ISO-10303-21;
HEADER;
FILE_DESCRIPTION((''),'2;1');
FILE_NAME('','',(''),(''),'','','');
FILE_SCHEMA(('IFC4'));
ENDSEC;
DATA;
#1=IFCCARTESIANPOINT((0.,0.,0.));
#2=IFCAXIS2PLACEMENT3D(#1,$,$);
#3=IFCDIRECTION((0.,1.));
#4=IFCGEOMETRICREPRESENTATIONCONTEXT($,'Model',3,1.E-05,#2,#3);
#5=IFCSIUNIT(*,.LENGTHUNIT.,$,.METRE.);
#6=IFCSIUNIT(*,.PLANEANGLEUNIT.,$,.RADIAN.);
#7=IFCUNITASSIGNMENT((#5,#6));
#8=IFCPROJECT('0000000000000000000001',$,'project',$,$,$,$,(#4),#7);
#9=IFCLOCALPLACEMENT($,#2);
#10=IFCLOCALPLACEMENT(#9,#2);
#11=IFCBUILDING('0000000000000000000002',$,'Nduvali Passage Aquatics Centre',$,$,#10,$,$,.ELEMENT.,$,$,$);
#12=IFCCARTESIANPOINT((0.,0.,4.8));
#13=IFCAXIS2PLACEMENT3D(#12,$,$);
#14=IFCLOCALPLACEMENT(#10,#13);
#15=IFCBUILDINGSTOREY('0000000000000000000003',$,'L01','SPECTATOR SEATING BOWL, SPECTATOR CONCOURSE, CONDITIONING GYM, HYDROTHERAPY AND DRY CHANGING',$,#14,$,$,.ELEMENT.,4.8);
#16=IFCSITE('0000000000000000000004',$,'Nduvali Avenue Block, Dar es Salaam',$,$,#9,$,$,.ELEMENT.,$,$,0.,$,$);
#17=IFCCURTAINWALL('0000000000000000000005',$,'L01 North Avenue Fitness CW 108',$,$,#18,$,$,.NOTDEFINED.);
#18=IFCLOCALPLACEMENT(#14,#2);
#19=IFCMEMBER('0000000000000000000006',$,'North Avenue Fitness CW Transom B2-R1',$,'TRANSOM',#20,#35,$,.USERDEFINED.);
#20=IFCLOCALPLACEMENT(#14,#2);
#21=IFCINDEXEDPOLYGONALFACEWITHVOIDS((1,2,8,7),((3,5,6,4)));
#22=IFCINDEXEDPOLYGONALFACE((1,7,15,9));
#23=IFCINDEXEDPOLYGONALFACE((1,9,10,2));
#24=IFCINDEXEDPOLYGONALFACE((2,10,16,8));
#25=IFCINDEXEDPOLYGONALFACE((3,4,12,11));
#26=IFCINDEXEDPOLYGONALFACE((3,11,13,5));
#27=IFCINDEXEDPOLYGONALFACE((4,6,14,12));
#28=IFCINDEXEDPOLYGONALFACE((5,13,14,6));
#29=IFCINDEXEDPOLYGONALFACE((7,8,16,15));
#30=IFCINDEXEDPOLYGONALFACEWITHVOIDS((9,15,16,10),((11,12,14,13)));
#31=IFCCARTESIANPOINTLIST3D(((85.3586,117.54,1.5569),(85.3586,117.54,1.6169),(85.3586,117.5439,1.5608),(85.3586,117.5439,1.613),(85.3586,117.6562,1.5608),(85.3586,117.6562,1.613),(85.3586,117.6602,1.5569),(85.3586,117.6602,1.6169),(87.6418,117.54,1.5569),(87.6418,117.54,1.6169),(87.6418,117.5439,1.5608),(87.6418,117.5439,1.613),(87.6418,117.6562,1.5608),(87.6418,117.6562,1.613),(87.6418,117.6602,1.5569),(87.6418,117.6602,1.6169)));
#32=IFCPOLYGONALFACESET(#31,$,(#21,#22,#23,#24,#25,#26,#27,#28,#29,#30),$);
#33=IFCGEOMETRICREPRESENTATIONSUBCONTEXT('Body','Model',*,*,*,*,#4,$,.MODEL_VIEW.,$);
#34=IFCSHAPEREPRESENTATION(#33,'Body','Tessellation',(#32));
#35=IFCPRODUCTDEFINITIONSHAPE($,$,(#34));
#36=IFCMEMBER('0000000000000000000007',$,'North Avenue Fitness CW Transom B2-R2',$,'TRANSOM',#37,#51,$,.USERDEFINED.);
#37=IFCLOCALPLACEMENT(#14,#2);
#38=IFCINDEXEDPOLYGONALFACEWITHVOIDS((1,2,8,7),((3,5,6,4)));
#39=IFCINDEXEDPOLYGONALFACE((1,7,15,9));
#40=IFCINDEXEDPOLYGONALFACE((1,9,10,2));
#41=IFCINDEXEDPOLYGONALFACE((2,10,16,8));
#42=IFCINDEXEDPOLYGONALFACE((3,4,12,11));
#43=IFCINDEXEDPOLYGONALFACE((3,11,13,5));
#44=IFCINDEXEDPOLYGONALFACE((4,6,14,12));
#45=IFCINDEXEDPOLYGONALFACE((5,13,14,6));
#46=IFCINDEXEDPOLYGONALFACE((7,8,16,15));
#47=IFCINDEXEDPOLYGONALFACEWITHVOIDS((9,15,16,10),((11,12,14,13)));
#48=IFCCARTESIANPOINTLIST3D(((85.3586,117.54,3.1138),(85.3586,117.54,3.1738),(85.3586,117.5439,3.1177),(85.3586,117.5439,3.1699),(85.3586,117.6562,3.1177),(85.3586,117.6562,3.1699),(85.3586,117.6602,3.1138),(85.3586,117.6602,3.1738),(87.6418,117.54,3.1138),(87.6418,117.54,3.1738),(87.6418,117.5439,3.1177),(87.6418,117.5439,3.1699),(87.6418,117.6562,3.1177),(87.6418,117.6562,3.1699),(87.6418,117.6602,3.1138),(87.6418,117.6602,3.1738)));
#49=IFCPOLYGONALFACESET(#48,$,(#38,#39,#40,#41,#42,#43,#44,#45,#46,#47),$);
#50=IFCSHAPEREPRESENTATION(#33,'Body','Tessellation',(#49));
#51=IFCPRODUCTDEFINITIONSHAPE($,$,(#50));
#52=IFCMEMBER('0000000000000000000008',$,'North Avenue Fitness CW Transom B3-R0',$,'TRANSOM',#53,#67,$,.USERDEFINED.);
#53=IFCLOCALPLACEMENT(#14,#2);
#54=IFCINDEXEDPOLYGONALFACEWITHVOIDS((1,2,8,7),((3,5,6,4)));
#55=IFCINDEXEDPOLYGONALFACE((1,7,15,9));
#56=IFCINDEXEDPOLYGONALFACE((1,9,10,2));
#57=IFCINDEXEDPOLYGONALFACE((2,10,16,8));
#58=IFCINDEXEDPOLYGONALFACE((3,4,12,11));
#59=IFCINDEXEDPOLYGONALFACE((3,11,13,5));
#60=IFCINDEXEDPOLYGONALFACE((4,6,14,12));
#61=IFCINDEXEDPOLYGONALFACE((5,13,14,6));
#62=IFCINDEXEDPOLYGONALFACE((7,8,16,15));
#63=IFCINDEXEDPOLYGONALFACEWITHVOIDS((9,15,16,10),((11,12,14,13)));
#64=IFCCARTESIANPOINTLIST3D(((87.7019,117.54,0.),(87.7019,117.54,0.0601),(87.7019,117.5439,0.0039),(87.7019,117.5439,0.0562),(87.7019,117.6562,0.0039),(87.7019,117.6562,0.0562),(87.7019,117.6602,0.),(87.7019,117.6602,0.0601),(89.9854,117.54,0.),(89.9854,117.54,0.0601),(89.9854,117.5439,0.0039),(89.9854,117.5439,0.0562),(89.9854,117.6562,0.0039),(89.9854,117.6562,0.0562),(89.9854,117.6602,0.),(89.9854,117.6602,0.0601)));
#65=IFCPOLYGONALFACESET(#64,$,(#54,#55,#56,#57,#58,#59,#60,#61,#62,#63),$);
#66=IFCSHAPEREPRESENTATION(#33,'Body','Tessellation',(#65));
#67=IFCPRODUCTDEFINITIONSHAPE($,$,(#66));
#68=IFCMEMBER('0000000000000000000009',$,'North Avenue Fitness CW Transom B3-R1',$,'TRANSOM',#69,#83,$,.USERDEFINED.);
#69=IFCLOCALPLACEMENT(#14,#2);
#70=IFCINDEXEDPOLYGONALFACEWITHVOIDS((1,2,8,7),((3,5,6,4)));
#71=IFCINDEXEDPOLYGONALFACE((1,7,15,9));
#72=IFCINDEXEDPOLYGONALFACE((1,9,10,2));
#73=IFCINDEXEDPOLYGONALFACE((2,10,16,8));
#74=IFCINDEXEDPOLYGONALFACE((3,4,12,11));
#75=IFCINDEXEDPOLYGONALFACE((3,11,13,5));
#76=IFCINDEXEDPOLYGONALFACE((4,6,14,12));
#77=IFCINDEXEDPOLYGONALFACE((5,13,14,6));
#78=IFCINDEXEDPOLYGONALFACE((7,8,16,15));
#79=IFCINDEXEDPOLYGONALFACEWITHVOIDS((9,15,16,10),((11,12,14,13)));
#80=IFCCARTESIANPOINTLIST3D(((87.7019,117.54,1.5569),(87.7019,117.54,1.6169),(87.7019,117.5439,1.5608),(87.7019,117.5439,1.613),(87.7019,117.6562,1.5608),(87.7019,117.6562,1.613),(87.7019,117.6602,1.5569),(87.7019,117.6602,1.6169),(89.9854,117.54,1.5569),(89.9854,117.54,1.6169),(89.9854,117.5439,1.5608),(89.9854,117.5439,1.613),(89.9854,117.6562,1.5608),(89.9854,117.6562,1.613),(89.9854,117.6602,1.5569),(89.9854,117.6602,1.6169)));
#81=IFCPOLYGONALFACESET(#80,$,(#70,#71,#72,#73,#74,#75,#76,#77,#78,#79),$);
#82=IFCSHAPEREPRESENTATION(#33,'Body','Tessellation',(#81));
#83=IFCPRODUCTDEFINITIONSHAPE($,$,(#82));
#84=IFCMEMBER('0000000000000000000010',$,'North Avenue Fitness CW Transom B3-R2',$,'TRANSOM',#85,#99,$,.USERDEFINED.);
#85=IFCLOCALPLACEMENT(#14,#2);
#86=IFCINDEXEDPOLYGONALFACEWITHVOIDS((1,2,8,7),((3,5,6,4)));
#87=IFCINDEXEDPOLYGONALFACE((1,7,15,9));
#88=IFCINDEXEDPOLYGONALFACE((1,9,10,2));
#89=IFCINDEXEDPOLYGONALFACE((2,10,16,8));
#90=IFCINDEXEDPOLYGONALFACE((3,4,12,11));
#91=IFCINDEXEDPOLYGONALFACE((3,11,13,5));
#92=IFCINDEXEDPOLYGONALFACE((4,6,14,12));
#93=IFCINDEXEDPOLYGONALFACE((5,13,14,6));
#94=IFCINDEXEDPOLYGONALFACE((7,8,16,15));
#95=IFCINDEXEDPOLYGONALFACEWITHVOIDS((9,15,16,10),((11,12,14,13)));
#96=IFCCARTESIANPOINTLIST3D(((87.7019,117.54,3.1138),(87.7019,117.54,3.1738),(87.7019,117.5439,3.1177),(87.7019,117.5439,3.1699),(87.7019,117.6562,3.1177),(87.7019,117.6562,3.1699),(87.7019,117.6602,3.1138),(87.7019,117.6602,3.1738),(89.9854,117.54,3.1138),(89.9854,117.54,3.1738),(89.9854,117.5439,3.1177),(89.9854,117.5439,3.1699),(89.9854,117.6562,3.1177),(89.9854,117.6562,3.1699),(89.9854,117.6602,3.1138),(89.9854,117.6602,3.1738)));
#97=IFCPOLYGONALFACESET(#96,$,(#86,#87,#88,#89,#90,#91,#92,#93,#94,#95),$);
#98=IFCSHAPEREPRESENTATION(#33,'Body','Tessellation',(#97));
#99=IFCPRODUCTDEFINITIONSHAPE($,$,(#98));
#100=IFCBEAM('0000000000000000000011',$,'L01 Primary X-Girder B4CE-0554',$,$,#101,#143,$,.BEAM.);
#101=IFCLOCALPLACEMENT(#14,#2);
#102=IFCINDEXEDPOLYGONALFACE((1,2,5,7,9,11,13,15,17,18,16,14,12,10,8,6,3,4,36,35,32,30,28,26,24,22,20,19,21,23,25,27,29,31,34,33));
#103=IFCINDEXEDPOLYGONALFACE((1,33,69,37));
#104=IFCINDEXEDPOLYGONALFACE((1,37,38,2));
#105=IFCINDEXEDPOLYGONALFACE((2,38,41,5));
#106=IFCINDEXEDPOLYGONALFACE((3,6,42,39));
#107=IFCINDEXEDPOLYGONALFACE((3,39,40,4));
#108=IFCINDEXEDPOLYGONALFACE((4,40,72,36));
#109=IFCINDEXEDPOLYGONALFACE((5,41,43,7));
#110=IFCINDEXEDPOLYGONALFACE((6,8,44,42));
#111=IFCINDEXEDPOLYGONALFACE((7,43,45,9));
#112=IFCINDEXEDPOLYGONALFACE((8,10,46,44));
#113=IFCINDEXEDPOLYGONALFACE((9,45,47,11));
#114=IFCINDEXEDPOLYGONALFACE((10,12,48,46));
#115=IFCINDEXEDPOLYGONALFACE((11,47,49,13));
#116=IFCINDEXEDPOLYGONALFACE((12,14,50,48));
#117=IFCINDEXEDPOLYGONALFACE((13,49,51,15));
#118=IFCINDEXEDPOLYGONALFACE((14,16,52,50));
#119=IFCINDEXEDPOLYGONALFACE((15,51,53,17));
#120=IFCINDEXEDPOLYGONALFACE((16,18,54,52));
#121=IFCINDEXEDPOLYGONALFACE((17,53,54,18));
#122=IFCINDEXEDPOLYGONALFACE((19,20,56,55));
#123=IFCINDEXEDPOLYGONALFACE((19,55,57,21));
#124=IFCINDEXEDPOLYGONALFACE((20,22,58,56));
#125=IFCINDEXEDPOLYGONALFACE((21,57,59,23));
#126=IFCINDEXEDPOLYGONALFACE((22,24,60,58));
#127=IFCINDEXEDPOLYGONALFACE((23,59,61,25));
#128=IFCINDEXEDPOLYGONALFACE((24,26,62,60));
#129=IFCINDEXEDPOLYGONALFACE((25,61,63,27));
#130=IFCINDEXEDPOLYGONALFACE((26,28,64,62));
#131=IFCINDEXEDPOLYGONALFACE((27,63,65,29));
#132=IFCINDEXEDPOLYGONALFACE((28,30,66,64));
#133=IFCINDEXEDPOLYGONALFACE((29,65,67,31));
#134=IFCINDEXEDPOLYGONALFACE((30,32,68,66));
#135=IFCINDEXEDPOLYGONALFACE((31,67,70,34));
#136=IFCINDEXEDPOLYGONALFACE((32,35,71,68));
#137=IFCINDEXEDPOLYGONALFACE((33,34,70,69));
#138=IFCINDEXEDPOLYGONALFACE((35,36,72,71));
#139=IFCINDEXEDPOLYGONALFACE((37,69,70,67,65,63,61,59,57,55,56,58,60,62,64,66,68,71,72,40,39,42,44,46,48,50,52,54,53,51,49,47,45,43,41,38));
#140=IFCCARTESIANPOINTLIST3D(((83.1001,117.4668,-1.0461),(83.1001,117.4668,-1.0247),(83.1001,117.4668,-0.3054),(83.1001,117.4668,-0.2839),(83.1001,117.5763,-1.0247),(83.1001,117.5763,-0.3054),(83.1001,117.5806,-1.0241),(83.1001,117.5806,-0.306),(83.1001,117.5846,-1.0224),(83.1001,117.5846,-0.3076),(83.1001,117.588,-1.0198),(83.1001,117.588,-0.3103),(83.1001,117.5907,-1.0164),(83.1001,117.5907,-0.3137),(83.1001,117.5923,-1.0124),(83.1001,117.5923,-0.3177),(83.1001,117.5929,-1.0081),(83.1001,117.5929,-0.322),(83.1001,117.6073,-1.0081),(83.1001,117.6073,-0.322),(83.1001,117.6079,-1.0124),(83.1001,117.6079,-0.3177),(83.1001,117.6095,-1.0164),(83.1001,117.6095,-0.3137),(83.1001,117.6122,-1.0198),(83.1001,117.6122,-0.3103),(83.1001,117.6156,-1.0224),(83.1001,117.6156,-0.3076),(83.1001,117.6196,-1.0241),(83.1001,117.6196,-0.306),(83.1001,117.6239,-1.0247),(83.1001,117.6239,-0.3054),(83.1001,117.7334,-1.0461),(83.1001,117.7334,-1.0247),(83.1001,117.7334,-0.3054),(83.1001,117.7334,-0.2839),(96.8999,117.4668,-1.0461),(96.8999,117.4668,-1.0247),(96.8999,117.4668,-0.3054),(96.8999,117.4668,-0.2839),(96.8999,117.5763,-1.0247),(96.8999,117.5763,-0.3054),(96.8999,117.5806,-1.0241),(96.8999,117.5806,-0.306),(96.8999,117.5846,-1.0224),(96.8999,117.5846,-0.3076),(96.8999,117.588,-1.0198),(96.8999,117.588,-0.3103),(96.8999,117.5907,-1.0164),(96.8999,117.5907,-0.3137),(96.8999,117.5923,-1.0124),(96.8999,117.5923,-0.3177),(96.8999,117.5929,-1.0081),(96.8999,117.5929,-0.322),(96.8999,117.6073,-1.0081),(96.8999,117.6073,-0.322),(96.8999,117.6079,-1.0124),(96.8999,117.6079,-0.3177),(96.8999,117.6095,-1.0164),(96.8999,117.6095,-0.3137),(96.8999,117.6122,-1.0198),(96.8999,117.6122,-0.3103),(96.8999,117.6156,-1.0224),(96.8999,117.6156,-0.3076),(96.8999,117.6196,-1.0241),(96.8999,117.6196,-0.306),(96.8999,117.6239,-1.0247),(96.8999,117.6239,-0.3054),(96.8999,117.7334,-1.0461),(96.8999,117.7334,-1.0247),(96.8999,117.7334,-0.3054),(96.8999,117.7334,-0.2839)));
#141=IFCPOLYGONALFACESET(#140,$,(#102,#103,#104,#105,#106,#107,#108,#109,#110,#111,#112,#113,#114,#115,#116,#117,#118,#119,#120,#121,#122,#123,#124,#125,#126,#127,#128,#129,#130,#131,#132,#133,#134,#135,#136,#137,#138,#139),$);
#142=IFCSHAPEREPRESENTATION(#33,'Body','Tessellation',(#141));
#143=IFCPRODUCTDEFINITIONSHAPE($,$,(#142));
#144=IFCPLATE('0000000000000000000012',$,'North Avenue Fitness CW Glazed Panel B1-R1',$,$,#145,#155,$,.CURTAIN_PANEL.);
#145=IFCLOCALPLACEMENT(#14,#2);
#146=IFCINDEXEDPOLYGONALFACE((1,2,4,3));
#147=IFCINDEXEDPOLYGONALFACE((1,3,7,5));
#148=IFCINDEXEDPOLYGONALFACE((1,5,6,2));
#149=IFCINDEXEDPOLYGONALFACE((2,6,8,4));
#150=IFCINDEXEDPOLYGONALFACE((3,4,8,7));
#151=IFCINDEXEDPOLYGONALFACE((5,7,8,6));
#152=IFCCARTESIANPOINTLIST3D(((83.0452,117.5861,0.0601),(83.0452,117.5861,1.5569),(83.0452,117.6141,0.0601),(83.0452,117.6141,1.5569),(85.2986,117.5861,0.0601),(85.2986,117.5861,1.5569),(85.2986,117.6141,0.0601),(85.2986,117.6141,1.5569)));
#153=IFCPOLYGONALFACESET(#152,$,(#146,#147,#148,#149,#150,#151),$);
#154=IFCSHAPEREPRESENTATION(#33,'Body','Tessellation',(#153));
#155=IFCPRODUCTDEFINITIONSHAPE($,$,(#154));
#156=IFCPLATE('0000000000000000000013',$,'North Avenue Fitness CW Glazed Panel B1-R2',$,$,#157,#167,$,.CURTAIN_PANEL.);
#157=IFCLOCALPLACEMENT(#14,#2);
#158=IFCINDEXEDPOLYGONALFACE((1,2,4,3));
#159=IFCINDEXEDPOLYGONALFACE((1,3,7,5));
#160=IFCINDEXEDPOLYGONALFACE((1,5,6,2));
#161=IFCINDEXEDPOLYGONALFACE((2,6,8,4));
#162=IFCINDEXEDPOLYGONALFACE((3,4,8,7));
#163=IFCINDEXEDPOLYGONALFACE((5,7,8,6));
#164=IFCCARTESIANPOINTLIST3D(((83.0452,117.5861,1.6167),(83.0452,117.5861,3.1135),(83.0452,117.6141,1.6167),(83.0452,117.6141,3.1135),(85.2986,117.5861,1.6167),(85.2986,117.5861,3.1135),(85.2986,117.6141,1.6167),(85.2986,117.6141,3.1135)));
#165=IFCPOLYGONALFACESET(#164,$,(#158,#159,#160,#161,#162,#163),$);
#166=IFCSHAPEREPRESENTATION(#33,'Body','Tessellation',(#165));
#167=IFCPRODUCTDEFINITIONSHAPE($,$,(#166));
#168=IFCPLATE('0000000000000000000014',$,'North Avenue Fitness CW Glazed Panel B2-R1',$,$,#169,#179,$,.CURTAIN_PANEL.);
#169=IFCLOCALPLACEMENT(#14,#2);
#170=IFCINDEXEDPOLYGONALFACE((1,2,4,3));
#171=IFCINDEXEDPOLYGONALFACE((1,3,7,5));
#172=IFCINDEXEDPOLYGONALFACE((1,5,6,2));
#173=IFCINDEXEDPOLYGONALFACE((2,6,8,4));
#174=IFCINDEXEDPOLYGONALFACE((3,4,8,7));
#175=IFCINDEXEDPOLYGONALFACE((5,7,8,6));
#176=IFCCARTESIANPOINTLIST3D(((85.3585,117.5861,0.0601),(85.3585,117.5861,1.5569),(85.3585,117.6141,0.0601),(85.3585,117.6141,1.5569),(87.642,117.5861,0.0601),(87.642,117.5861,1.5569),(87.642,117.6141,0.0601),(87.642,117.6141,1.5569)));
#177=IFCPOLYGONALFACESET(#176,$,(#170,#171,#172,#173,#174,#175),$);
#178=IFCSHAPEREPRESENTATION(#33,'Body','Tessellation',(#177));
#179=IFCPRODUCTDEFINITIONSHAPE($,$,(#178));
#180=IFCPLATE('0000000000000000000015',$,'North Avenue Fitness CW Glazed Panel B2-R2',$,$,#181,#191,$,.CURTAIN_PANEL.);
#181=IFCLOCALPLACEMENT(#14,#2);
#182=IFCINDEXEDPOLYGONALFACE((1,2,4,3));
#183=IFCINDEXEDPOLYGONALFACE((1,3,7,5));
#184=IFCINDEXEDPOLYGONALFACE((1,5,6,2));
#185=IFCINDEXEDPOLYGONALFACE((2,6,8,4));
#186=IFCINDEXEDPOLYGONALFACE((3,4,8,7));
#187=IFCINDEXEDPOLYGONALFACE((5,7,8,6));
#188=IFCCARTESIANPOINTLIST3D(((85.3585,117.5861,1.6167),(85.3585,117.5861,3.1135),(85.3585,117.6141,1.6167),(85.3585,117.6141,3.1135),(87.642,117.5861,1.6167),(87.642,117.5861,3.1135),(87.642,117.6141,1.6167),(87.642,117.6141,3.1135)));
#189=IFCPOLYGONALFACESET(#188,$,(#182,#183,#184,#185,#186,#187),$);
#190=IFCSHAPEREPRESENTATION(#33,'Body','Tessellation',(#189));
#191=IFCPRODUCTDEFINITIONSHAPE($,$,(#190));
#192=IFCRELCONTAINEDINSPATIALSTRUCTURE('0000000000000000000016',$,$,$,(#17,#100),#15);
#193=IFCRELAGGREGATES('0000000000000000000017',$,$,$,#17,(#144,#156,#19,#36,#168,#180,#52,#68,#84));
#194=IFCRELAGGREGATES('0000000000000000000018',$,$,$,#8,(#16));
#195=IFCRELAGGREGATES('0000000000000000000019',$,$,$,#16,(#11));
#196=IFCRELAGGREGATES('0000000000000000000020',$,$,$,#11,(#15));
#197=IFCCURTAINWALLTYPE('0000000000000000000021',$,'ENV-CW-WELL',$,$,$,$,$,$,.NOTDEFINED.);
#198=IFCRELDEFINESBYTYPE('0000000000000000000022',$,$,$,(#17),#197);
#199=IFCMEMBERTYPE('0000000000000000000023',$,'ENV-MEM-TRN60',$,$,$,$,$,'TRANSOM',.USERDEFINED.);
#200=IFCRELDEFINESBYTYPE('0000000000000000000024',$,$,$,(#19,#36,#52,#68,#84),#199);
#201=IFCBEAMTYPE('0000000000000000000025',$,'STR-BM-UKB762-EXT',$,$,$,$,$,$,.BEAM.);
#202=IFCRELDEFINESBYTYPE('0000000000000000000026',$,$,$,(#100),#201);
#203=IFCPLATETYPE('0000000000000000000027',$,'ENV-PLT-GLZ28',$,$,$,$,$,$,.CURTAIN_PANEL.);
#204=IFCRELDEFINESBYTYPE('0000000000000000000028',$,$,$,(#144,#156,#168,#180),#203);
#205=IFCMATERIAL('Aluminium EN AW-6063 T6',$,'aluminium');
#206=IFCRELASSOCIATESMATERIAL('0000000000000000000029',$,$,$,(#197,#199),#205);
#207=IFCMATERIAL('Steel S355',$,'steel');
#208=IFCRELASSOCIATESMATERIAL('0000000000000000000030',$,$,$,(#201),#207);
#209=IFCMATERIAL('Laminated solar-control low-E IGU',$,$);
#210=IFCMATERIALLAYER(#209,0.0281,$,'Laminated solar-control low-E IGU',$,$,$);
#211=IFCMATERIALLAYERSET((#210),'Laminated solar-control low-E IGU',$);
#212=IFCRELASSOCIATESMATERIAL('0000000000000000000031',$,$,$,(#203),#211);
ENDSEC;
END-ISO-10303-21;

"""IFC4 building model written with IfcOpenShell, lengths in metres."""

from ifc_helpers import new_model, si_unit, direction, frame, origin, origin_2d, place, context, subcontext, project, spatial, rectangle, hollow_rectangle, i_section, extrude, material, layer, layer_set, material_profile, profile_set, type_object, element, aggregate, save


model = new_model("IFC4")

# Units and contexts
model_context = context("Model", 3, precision=1e-05, world=origin(), true_north=direction((0.0, 1.0)))
body_context = subcontext(model_context, "Body", "Model", "MODEL_VIEW")
ifc_project = project(units=[si_unit("LENGTHUNIT", "METRE"), si_unit("PLANEANGLEUNIT", "RADIAN")], contexts=[model_context])

# Site, building, storey
site_placement = place(None, origin())
site = spatial("IfcSite", under=ifc_project, at=site_placement, Name="Nduvali Avenue Block, Dar es Salaam", CompositionType="ELEMENT", RefElevation=0.0)
building_placement = place(site_placement, origin())
building = spatial("IfcBuilding", under=site, at=building_placement, Name="Nduvali Passage Aquatics Centre", CompositionType="ELEMENT")
storey_placement = place(building_placement, frame((0.0, 0.0, 4.8)))
storey = spatial("IfcBuildingStorey", under=building, at=storey_placement, Name="L01", Description="SPECTATOR SEATING BOWL, SPECTATOR CONCOURSE, CONDITIONING GYM, HYDROTHERAPY AND DRY CHANGING", CompositionType="ELEMENT", Elevation=4.8)

# Shared definitions
ifc_material_1 = material(Name="Steel S355", Category="steel")

# Shared definitions
ifc_material_2 = material(Name="Aluminium EN AW-6063 T6", Category="aluminium")
curtain_wall_type = type_object("IfcCurtainWallType", Name="ENV-CW-WELL", PredefinedType="NOTDEFINED", material=ifc_material_2)

# Curtain wall, members
curtain_wall_1_placement = place(storey_placement, origin())
curtain_wall_1 = element("IfcCurtainWall", 1, at=curtain_wall_1_placement, inside=storey, type_object=curtain_wall_type, Name="L01 North Avenue Fitness CW 108", PredefinedType="NOTDEFINED")
ifc_material_profile_1 = material_profile(ifc_material_2, hollow_rectangle(XDim=0.1201, YDim=0.0601, WallThickness=0.0039, at=origin_2d()), Name="ALU TRANSOM 120x60x4")
ifc_profile_set_1 = profile_set([ifc_material_profile_1], Name="Aluminium EN AW-6063 T6")
member_type_1 = type_object("IfcMemberType", Name="ENV-MEM-TRN60", ElementType="TRANSOM", PredefinedType="USERDEFINED", material=ifc_profile_set_1)
member_1_placement = place(storey_placement, frame((85.3586, 117.6001, 1.5869), z_axis=(1.0, 0.0, 0.0), x_axis=(0.0, 1.0, 0.0)))
member_1 = element("IfcMember", 2, at=member_1_placement, type_object=member_type_1, Name="North Avenue Fitness CW Transom B2-R1", ObjectType="TRANSOM", PredefinedType="USERDEFINED", context=body_context, shape_type="SweptSolid", body=[
    extrude(hollow_rectangle(XDim=0.1201, YDim=0.0601, WallThickness=0.0039, at=origin_2d()), origin(), (0.0, 0.0, 1.0), 2.2832),
])
member_2_placement = place(storey_placement, frame((85.3586, 117.6001, 3.1438), z_axis=(1.0, 0.0, 0.0), x_axis=(0.0, 1.0, 0.0)))
member_2 = element("IfcMember", 3, at=member_2_placement, type_object=member_type_1, Name="North Avenue Fitness CW Transom B2-R2", ObjectType="TRANSOM", PredefinedType="USERDEFINED", context=body_context, shape_type="SweptSolid", body=[
    extrude(hollow_rectangle(XDim=0.1201, YDim=0.0601, WallThickness=0.0039, at=origin_2d()), origin(), (0.0, 0.0, 1.0), 2.2832),
])
member_3_placement = place(storey_placement, frame((87.7019, 117.6001, 0.03), z_axis=(1.0, 0.0, 0.0), x_axis=(0.0, 1.0, 0.0)))
member_3 = element("IfcMember", 4, at=member_3_placement, type_object=member_type_1, Name="North Avenue Fitness CW Transom B3-R0", ObjectType="TRANSOM", PredefinedType="USERDEFINED", context=body_context, shape_type="SweptSolid", body=[
    extrude(hollow_rectangle(XDim=0.1201, YDim=0.0601, WallThickness=0.0039, at=origin_2d()), origin(), (0.0, 0.0, 1.0), 2.2834),
])
member_4_placement = place(storey_placement, frame((87.7019, 117.6001, 1.5869), z_axis=(1.0, 0.0, 0.0), x_axis=(0.0, 1.0, 0.0)))
member_4 = element("IfcMember", 5, at=member_4_placement, type_object=member_type_1, Name="North Avenue Fitness CW Transom B3-R1", ObjectType="TRANSOM", PredefinedType="USERDEFINED", context=body_context, shape_type="SweptSolid", body=[
    extrude(hollow_rectangle(XDim=0.1201, YDim=0.0601, WallThickness=0.0039, at=origin_2d()), origin(), (0.0, 0.0, 1.0), 2.2834),
])
member_5_placement = place(storey_placement, frame((87.7019, 117.6001, 3.1438), z_axis=(1.0, 0.0, 0.0), x_axis=(0.0, 1.0, 0.0)))
member_5 = element("IfcMember", 6, at=member_5_placement, type_object=member_type_1, Name="North Avenue Fitness CW Transom B3-R2", ObjectType="TRANSOM", PredefinedType="USERDEFINED", context=body_context, shape_type="SweptSolid", body=[
    extrude(hollow_rectangle(XDim=0.1201, YDim=0.0601, WallThickness=0.0039, at=origin_2d()), origin(), (0.0, 0.0, 1.0), 2.2834),
])

# Beam
ifc_material_profile_2 = material_profile(ifc_material_1, i_section(OverallWidth=0.2666, OverallDepth=0.7622, WebThickness=0.0144, FlangeThickness=0.0215, FilletRadius=0.0166, at=origin_2d()), Name="UKB 762x267x173")
ifc_profile_set_2 = profile_set([ifc_material_profile_2], Name="Steel S355")
beam_type = type_object("IfcBeamType", Name="STR-BM-UKB762-EXT", PredefinedType="BEAM", material=ifc_profile_set_2)
beam_placement = place(storey_placement, frame((83.1001, 117.6001, -0.665), z_axis=(1.0, 0.0, 0.0), x_axis=(0.0, 1.0, 0.0)))
element("IfcBeam", 7, at=beam_placement, inside=storey, type_object=beam_type, Name="L01 Primary X-Girder B4CE-0554", PredefinedType="BEAM", context=body_context, shape_type="SweptSolid", body=[
    extrude(i_section(OverallWidth=0.2666, OverallDepth=0.7622, WebThickness=0.0144, FlangeThickness=0.0215, FilletRadius=0.0166, at=origin_2d()), origin(), (0.0, 0.0, 1.0), 13.7998),
])

# Plates
ifc_material_3 = material(Name="Laminated solar-control low-E IGU")
ifc_layer = layer(ifc_material_3, 0.0281, Name="Laminated solar-control low-E IGU")
ifc_layer_set = layer_set([ifc_layer], Name="Laminated solar-control low-E IGU")
plate_type = type_object("IfcPlateType", Name="ENV-PLT-GLZ28", PredefinedType="CURTAIN_PANEL", material=ifc_layer_set)
plate_1_placement = place(storey_placement, frame((84.1719, 117.6001, 0.0601), z_axis=(0.0, 0.0, 1.0), x_axis=(1.0, 0.0, 0.0)))
plate_1 = element("IfcPlate", 8, at=plate_1_placement, type_object=plate_type, Name="North Avenue Fitness CW Glazed Panel B1-R1", PredefinedType="CURTAIN_PANEL", context=body_context, shape_type="SweptSolid", body=[
    extrude(rectangle(XDim=2.2534, YDim=0.0281, at=origin_2d()), origin(), (0.0, 0.0, 1.0), 1.4968),
])
plate_2_placement = place(storey_placement, frame((84.1719, 117.6001, 1.6167), z_axis=(0.0, 0.0, 1.0), x_axis=(1.0, 0.0, 0.0)))
plate_2 = element("IfcPlate", 9, at=plate_2_placement, type_object=plate_type, Name="North Avenue Fitness CW Glazed Panel B1-R2", PredefinedType="CURTAIN_PANEL", context=body_context, shape_type="SweptSolid", body=[
    extrude(rectangle(XDim=2.2534, YDim=0.0281, at=origin_2d()), origin(), (0.0, 0.0, 1.0), 1.4968),
])
plate_3_placement = place(storey_placement, frame((86.5002, 117.6001, 0.0601), z_axis=(0.0, 0.0, 1.0), x_axis=(1.0, 0.0, 0.0)))
plate_3 = element("IfcPlate", 10, at=plate_3_placement, type_object=plate_type, Name="North Avenue Fitness CW Glazed Panel B2-R1", PredefinedType="CURTAIN_PANEL", context=body_context, shape_type="SweptSolid", body=[
    extrude(rectangle(XDim=2.2834, YDim=0.0281, at=origin_2d()), origin(), (0.0, 0.0, 1.0), 1.4968),
])
plate_4_placement = place(storey_placement, frame((86.5002, 117.6001, 1.6167), z_axis=(0.0, 0.0, 1.0), x_axis=(1.0, 0.0, 0.0)))
plate_4 = element("IfcPlate", 11, at=plate_4_placement, type_object=plate_type, Name="North Avenue Fitness CW Glazed Panel B2-R2", PredefinedType="CURTAIN_PANEL", context=body_context, shape_type="SweptSolid", body=[
    extrude(rectangle(XDim=2.2834, YDim=0.0281, at=origin_2d()), origin(), (0.0, 0.0, 1.0), 1.4968),
])
aggregate(curtain_wall_1, [plate_1, plate_2, member_1, member_2, plate_3, plate_4, member_3, member_4, member_5])

save(model, "model.ifc")
